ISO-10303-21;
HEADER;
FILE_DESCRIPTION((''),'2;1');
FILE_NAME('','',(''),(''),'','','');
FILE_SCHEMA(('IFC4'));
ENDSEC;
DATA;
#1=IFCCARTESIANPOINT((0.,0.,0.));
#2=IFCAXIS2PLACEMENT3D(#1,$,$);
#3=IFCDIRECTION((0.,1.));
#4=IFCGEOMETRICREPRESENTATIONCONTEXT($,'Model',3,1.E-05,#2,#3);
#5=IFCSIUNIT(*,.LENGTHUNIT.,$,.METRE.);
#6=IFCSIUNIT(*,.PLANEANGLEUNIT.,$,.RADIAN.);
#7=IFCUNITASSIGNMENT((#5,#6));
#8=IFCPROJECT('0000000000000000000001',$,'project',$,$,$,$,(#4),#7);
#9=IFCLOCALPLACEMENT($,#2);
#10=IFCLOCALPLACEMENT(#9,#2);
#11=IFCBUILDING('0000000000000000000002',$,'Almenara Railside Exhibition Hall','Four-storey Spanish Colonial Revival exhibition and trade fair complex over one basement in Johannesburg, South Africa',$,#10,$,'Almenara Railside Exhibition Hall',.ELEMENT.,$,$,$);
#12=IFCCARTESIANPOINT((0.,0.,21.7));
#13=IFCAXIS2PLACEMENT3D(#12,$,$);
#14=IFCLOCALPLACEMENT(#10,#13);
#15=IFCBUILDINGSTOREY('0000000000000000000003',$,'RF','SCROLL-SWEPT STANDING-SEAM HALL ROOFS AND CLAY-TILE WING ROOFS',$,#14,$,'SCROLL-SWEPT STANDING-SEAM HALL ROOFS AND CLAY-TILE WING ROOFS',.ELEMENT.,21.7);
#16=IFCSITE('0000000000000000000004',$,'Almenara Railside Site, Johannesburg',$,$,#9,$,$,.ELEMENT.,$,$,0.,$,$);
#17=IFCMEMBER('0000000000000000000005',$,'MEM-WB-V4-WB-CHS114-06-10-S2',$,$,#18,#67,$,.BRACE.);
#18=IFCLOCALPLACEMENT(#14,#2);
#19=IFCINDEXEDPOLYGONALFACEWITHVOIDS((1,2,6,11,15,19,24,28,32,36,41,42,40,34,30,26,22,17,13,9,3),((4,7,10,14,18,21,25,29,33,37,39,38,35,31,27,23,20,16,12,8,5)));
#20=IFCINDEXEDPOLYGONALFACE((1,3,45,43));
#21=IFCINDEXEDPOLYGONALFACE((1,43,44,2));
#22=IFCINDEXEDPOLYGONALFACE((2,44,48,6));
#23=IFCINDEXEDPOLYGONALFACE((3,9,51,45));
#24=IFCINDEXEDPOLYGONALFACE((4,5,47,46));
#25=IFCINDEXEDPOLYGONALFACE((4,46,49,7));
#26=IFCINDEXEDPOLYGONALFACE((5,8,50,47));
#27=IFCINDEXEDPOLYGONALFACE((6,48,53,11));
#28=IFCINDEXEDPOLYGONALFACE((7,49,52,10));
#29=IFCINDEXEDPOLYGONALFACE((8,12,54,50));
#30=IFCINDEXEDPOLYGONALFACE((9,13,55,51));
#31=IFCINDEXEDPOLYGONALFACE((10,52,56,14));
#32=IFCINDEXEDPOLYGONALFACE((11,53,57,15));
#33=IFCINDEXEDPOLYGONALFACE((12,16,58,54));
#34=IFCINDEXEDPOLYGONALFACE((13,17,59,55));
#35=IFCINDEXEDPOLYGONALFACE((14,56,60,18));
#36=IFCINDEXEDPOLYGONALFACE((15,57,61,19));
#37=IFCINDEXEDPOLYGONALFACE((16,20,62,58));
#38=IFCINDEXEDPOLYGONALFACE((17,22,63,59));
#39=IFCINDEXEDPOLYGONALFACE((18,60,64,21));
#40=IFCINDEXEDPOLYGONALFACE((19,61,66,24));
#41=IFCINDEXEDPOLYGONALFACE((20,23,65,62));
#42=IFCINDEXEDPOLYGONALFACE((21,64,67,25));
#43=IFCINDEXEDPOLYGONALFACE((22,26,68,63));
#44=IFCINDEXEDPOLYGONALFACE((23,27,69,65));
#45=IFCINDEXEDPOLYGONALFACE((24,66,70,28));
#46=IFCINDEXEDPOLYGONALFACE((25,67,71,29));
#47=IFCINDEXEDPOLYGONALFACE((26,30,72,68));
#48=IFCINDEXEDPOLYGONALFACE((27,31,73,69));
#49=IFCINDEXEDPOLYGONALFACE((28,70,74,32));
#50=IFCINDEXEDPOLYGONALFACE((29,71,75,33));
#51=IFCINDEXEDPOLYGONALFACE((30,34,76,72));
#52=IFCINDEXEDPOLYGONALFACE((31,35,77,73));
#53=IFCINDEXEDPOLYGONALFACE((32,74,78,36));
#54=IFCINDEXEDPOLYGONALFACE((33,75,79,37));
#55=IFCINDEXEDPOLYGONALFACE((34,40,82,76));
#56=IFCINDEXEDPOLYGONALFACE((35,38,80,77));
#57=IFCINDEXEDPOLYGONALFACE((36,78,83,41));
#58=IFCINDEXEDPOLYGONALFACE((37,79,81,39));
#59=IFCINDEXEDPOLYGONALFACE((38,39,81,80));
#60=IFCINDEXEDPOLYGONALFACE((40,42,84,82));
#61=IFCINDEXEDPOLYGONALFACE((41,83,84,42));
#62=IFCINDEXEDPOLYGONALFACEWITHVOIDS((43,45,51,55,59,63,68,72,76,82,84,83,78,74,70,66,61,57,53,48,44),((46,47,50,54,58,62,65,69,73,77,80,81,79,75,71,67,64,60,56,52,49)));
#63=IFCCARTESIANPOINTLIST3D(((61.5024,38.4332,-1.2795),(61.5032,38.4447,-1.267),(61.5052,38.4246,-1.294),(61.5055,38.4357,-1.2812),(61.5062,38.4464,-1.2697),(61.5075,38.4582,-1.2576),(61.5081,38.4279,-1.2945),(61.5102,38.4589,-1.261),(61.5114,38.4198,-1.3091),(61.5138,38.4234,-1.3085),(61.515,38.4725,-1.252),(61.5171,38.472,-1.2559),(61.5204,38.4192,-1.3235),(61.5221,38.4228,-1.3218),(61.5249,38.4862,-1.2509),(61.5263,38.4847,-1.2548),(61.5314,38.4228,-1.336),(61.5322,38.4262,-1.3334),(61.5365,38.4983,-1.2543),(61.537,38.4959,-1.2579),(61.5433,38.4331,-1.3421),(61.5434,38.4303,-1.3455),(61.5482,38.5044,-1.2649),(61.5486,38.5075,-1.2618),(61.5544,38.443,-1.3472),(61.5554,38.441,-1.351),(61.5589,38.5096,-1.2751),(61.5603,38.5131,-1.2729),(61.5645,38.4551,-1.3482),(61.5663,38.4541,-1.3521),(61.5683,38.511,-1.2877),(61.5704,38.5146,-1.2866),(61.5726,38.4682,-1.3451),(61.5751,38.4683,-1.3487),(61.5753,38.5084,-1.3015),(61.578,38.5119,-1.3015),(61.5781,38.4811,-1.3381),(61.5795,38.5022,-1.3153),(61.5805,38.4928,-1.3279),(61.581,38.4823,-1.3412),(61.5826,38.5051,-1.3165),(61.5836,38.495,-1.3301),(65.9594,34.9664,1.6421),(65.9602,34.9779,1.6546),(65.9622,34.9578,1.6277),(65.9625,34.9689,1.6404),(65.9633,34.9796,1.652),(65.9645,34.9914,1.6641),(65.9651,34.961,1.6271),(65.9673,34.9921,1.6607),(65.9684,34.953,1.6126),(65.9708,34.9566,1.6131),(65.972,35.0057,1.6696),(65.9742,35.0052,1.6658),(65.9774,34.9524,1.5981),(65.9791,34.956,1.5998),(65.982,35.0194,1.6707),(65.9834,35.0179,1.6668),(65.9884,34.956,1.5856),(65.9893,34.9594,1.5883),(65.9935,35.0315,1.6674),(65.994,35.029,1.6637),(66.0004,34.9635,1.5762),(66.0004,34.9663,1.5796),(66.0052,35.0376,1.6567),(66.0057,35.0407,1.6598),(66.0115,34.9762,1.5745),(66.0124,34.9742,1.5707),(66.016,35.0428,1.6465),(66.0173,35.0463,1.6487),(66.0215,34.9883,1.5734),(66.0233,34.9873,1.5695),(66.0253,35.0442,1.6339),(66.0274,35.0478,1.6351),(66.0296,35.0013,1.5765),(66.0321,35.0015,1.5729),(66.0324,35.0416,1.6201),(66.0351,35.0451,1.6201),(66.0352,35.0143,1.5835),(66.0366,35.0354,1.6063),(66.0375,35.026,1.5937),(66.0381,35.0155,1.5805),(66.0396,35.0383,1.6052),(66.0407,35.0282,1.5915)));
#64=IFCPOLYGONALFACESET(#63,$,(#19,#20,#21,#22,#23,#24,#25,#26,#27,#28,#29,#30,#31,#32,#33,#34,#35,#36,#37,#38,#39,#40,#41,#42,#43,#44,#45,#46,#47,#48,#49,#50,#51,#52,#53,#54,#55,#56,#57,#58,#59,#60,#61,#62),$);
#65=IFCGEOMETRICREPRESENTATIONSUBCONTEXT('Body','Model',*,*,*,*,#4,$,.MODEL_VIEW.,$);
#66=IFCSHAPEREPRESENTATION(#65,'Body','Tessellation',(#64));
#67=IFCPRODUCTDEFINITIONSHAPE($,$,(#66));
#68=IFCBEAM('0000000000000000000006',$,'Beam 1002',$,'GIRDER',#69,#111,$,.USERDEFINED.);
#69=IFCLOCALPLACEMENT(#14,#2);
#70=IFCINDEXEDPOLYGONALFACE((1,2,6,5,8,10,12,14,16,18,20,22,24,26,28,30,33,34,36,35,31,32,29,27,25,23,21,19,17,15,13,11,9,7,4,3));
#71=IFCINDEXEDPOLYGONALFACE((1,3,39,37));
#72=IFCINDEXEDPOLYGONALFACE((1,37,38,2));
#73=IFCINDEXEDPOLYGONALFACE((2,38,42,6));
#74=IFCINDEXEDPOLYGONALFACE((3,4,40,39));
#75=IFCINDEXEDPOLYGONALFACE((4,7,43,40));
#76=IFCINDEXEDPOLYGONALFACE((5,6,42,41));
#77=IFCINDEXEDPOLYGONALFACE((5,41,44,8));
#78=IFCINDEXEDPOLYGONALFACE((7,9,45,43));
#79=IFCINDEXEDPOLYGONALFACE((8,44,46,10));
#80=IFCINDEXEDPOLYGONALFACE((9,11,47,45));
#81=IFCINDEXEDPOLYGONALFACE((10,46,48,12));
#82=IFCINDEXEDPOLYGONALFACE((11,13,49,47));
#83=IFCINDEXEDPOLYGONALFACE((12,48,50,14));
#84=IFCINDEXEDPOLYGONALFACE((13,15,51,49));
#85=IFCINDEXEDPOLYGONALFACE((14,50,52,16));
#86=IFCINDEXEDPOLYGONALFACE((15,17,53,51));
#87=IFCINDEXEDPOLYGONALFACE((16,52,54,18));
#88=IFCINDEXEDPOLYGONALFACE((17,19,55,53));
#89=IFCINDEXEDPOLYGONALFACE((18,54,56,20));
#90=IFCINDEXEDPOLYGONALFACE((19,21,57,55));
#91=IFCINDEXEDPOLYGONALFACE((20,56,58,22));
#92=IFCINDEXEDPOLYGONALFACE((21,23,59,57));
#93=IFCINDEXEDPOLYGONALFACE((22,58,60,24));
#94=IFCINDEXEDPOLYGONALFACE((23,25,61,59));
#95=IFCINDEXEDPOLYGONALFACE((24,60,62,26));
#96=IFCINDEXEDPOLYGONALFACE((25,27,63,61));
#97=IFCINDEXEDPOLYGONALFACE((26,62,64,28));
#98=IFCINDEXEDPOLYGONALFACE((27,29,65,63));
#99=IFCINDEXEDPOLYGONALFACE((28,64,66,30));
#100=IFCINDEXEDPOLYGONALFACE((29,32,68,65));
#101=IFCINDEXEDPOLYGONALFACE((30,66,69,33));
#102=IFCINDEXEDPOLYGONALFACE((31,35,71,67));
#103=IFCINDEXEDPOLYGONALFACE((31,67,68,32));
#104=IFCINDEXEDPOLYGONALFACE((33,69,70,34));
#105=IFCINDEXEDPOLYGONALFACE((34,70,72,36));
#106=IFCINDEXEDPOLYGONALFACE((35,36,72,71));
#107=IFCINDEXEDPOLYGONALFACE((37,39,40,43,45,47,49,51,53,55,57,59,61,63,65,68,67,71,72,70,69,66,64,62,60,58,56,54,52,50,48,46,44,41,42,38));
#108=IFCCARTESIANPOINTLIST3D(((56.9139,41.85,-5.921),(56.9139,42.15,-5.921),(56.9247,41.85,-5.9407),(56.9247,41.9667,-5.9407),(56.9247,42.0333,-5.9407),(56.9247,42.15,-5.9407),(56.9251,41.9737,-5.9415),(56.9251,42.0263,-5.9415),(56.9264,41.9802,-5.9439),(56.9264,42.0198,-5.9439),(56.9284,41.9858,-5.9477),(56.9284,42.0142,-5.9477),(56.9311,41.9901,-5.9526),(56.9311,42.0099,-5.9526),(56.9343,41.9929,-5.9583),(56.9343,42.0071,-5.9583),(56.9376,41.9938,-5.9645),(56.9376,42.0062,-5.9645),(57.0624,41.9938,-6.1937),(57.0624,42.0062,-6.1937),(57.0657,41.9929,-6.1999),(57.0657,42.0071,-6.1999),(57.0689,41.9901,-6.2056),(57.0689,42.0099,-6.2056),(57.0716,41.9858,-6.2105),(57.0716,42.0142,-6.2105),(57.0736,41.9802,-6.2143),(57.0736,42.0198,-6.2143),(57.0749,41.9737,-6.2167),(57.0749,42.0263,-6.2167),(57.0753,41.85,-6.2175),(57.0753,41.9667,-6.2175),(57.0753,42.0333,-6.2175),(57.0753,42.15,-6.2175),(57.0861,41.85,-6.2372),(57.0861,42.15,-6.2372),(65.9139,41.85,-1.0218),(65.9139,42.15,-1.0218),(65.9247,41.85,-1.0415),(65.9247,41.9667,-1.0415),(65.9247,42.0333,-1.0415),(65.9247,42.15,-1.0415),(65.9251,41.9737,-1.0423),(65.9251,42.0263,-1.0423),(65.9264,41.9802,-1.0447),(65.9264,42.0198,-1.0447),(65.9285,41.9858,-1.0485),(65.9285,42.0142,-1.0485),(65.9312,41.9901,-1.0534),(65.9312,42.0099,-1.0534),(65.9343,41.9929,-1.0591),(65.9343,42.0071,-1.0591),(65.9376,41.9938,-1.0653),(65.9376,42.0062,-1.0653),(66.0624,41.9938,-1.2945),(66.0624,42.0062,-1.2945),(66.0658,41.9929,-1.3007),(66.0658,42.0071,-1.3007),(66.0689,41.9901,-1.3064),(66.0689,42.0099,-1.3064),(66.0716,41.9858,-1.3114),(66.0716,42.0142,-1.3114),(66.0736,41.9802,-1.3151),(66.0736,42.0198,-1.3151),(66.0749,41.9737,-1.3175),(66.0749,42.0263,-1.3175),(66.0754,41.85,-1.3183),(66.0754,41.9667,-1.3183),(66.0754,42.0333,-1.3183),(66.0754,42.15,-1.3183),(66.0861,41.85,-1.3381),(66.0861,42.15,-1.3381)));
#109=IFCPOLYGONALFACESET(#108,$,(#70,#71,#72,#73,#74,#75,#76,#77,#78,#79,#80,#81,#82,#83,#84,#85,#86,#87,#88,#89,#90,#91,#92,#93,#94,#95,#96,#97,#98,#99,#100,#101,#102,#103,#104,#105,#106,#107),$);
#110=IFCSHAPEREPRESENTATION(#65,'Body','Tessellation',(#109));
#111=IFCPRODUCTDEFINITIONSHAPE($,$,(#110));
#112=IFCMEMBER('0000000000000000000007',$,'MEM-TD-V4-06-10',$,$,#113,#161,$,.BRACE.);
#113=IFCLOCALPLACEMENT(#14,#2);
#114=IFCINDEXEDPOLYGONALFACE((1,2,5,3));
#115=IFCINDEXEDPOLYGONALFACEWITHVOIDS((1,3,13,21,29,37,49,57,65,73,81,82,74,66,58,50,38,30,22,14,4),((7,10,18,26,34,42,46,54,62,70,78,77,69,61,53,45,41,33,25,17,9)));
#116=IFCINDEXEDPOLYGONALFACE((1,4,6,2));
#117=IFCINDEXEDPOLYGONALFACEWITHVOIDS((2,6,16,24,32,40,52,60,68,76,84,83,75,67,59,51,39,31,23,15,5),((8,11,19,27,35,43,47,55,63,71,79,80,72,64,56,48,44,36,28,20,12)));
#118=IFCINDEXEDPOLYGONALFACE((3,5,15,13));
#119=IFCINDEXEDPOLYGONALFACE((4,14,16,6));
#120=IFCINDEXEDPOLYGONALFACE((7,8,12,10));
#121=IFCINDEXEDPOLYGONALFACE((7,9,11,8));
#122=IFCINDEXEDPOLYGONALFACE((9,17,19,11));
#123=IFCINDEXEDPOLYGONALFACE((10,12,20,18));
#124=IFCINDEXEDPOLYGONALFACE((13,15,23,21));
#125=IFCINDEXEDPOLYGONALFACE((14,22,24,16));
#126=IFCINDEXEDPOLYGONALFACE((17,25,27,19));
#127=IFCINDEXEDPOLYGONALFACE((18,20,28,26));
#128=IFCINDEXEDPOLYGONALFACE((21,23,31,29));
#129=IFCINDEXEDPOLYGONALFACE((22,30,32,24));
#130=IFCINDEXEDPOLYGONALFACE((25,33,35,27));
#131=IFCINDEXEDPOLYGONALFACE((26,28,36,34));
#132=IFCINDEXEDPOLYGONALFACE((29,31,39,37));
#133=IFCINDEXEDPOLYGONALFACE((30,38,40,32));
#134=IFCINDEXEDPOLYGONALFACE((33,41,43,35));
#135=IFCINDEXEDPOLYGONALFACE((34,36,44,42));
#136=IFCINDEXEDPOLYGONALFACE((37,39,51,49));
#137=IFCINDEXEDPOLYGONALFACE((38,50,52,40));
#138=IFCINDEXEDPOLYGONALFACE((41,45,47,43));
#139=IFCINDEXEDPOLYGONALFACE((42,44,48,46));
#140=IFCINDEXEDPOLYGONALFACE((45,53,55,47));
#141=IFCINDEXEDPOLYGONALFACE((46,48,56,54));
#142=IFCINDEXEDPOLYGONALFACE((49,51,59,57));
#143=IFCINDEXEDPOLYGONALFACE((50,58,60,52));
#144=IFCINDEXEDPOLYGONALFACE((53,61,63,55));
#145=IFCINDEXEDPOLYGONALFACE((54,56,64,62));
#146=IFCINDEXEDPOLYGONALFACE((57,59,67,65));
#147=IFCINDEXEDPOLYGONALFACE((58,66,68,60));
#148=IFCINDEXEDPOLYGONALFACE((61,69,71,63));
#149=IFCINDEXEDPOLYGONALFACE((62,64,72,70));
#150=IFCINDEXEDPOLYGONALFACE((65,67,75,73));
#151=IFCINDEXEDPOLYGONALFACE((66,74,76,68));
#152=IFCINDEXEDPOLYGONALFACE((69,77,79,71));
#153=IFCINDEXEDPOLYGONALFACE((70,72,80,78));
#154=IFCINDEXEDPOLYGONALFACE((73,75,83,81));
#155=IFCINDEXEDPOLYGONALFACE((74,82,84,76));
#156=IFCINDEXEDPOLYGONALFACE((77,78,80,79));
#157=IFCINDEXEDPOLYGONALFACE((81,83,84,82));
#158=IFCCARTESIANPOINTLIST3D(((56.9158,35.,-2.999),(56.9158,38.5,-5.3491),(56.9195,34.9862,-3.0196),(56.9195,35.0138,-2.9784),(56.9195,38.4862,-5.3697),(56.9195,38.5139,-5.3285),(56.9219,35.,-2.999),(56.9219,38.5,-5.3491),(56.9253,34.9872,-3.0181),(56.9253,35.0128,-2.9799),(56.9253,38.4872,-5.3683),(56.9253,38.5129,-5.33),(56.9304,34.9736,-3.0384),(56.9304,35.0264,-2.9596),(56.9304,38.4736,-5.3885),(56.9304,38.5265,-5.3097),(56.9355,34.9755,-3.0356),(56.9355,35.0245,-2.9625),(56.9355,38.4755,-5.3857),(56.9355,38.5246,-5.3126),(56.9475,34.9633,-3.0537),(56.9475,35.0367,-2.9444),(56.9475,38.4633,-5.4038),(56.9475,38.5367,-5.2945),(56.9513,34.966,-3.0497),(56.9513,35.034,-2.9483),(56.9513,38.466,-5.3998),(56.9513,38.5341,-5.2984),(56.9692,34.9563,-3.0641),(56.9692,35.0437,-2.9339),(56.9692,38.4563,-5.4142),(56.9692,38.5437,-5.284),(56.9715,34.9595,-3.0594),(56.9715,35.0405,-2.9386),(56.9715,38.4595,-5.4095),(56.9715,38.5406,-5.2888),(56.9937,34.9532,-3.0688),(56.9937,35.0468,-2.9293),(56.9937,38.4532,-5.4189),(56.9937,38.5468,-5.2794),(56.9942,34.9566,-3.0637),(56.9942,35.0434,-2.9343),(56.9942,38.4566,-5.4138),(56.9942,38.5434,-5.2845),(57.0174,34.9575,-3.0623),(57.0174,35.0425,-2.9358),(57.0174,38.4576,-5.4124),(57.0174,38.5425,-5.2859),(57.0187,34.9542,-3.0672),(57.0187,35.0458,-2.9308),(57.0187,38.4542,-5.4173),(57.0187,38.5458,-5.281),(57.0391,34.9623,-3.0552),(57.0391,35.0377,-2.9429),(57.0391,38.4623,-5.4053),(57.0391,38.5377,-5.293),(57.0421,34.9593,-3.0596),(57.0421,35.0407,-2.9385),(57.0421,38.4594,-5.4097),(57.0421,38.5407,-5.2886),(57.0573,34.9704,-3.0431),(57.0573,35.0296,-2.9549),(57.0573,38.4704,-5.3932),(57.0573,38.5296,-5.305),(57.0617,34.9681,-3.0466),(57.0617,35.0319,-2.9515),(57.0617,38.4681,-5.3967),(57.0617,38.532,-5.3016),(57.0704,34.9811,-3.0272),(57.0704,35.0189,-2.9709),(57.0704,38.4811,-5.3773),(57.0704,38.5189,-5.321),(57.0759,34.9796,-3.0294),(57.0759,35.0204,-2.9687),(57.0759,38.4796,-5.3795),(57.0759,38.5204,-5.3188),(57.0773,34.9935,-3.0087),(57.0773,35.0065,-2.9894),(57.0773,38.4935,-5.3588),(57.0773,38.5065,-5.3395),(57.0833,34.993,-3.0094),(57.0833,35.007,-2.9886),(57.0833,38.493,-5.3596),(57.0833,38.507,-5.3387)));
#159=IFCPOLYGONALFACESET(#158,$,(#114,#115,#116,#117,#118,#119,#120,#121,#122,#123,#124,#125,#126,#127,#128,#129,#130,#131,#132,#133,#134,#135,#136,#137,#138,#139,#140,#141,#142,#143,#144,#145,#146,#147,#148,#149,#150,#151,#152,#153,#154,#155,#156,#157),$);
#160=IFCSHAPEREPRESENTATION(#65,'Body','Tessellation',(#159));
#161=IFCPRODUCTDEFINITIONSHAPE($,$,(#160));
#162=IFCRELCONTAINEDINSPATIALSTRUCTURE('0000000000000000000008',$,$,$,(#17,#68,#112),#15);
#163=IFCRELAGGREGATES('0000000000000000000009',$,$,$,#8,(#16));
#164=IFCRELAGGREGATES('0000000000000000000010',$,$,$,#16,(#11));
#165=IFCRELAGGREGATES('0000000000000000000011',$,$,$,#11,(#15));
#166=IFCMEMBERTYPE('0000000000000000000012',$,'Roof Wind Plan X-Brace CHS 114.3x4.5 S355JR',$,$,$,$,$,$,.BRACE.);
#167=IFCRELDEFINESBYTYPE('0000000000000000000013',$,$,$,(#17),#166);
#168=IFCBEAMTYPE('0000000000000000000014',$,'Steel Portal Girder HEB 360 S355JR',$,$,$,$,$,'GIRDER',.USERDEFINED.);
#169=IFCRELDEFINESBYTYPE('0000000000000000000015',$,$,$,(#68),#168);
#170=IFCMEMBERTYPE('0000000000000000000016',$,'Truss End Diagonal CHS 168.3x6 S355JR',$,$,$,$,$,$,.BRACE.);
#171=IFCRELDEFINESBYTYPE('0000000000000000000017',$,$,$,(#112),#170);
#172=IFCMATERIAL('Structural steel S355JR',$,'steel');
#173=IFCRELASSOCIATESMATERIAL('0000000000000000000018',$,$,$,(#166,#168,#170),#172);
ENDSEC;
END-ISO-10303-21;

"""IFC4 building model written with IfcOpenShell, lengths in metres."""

from ifc_helpers import new_model, si_unit, direction, frame, origin, origin_2d, place, context, subcontext, project, spatial, hollow_circle, i_section, extrude, material, material_profile, profile_set, type_object, element, save


model = new_model("IFC4")

# Units and contexts
model_context = context("Model", 3, precision=1e-05, world=origin(), true_north=direction((0.0, 1.0)))
body_context = subcontext(model_context, "Body", "Model", "MODEL_VIEW")
ifc_project = project(units=[si_unit("LENGTHUNIT", "METRE"), si_unit("PLANEANGLEUNIT", "RADIAN")], contexts=[model_context])

# Site, building, storey
site_placement = place(None, origin())
site = spatial("IfcSite", under=ifc_project, at=site_placement, Name="Almenara Railside Site, Johannesburg", CompositionType="ELEMENT", RefElevation=0.0)
building_placement = place(site_placement, origin())
building = spatial("IfcBuilding", under=site, at=building_placement, Name="Almenara Railside Exhibition Hall", Description="Four-storey Spanish Colonial Revival exhibition and trade fair complex over one basement in Johannesburg, South Africa", LongName="Almenara Railside Exhibition Hall", CompositionType="ELEMENT")
storey_placement = place(building_placement, frame((0.0, 0.0, 21.7)))
storey = spatial("IfcBuildingStorey", under=building, at=storey_placement, Name="RF", Description="SCROLL-SWEPT STANDING-SEAM HALL ROOFS AND CLAY-TILE WING ROOFS", LongName="SCROLL-SWEPT STANDING-SEAM HALL ROOFS AND CLAY-TILE WING ROOFS", CompositionType="ELEMENT", Elevation=21.7)

# Shared definitions
ifc_material_1 = material(Name="Structural steel S355JR", Category="steel")

# Member
ifc_material_profile_1 = material_profile(ifc_material_1, hollow_circle(Radius=0.0571, WallThickness=0.0044, at=origin_2d()), Name="CHS 114.3x4.5")
ifc_profile_set_1 = profile_set([ifc_material_profile_1], Name="Structural steel S355JR")
member_type_1 = type_object("IfcMemberType", Name="Roof Wind Plan X-Brace CHS 114.3x4.5 S355JR", PredefinedType="BRACE", material=ifc_profile_set_1)
member_1_placement = place(storey_placement, frame((61.543, 38.4668, -1.3015), z_axis=(0.70105, -0.545295, 0.459546), x_axis=(0.613965, 0.789334, 0.0)))
element("IfcMember", 1, at=member_1_placement, inside=storey, type_object=member_type_1, Name="MEM-WB-V4-WB-CHS114-06-10-S2", PredefinedType="BRACE", context=body_context, shape_type="SweptSolid", body=[
    extrude(hollow_circle(Radius=0.0571, WallThickness=0.0044, at=origin_2d()), origin(), (0.0, 0.0, 1.0), 6.3577),
])

# Beam
ifc_material_profile_2 = material_profile(ifc_material_1, i_section(OverallWidth=0.3, OverallDepth=0.3601, WebThickness=0.0125, FlangeThickness=0.0225, FilletRadius=0.0271, at=origin_2d()), Name="HEB 360")
ifc_profile_set_2 = profile_set([ifc_material_profile_2], Name="Structural steel S355JR")
beam_type = type_object("IfcBeamType", Name="Steel Portal Girder HEB 360 S355JR", ElementType="GIRDER", PredefinedType="USERDEFINED", material=ifc_profile_set_2)
beam_placement = place(storey_placement, frame((57.0, 42.0, -6.0791), z_axis=(0.878302, 0.0, 0.478106), x_axis=(0.0, 1.0, 0.0)))
element("IfcBeam", 2, at=beam_placement, inside=storey, type_object=beam_type, Name="Beam 1002", ObjectType="GIRDER", PredefinedType="USERDEFINED", context=body_context, shape_type="SweptSolid", body=[
    extrude(i_section(OverallWidth=0.3, OverallDepth=0.3601, WebThickness=0.0125, FlangeThickness=0.0225, FilletRadius=0.0271, at=origin_2d()), origin(), (0.0, 0.0, 1.0), 10.2471),
])

# Member
ifc_material_profile_3 = material_profile(ifc_material_1, hollow_circle(Radius=0.0842, WallThickness=0.0061, at=origin_2d()), Name="CHS 168.3x6")
ifc_profile_set_3 = profile_set([ifc_material_profile_3], Name="Structural steel S355JR")
member_type_2 = type_object("IfcMemberType", Name="Truss End Diagonal CHS 168.3x6 S355JR", PredefinedType="BRACE", material=ifc_profile_set_3)
member_2_placement = place(storey_placement, frame((57.0, 35.0, -2.999), z_axis=(0.0, 0.83021, -0.55745), x_axis=(-1.0, 0.0, 0.0)))
element("IfcMember", 3, at=member_2_placement, inside=storey, type_object=member_type_2, Name="MEM-TD-V4-06-10", PredefinedType="BRACE", context=body_context, shape_type="SweptSolid", body=[
    extrude(hollow_circle(Radius=0.0842, WallThickness=0.0061, at=origin_2d()), origin(), (0.0, 0.0, 1.0), 4.2158),
])

save(model, "model.ifc")
